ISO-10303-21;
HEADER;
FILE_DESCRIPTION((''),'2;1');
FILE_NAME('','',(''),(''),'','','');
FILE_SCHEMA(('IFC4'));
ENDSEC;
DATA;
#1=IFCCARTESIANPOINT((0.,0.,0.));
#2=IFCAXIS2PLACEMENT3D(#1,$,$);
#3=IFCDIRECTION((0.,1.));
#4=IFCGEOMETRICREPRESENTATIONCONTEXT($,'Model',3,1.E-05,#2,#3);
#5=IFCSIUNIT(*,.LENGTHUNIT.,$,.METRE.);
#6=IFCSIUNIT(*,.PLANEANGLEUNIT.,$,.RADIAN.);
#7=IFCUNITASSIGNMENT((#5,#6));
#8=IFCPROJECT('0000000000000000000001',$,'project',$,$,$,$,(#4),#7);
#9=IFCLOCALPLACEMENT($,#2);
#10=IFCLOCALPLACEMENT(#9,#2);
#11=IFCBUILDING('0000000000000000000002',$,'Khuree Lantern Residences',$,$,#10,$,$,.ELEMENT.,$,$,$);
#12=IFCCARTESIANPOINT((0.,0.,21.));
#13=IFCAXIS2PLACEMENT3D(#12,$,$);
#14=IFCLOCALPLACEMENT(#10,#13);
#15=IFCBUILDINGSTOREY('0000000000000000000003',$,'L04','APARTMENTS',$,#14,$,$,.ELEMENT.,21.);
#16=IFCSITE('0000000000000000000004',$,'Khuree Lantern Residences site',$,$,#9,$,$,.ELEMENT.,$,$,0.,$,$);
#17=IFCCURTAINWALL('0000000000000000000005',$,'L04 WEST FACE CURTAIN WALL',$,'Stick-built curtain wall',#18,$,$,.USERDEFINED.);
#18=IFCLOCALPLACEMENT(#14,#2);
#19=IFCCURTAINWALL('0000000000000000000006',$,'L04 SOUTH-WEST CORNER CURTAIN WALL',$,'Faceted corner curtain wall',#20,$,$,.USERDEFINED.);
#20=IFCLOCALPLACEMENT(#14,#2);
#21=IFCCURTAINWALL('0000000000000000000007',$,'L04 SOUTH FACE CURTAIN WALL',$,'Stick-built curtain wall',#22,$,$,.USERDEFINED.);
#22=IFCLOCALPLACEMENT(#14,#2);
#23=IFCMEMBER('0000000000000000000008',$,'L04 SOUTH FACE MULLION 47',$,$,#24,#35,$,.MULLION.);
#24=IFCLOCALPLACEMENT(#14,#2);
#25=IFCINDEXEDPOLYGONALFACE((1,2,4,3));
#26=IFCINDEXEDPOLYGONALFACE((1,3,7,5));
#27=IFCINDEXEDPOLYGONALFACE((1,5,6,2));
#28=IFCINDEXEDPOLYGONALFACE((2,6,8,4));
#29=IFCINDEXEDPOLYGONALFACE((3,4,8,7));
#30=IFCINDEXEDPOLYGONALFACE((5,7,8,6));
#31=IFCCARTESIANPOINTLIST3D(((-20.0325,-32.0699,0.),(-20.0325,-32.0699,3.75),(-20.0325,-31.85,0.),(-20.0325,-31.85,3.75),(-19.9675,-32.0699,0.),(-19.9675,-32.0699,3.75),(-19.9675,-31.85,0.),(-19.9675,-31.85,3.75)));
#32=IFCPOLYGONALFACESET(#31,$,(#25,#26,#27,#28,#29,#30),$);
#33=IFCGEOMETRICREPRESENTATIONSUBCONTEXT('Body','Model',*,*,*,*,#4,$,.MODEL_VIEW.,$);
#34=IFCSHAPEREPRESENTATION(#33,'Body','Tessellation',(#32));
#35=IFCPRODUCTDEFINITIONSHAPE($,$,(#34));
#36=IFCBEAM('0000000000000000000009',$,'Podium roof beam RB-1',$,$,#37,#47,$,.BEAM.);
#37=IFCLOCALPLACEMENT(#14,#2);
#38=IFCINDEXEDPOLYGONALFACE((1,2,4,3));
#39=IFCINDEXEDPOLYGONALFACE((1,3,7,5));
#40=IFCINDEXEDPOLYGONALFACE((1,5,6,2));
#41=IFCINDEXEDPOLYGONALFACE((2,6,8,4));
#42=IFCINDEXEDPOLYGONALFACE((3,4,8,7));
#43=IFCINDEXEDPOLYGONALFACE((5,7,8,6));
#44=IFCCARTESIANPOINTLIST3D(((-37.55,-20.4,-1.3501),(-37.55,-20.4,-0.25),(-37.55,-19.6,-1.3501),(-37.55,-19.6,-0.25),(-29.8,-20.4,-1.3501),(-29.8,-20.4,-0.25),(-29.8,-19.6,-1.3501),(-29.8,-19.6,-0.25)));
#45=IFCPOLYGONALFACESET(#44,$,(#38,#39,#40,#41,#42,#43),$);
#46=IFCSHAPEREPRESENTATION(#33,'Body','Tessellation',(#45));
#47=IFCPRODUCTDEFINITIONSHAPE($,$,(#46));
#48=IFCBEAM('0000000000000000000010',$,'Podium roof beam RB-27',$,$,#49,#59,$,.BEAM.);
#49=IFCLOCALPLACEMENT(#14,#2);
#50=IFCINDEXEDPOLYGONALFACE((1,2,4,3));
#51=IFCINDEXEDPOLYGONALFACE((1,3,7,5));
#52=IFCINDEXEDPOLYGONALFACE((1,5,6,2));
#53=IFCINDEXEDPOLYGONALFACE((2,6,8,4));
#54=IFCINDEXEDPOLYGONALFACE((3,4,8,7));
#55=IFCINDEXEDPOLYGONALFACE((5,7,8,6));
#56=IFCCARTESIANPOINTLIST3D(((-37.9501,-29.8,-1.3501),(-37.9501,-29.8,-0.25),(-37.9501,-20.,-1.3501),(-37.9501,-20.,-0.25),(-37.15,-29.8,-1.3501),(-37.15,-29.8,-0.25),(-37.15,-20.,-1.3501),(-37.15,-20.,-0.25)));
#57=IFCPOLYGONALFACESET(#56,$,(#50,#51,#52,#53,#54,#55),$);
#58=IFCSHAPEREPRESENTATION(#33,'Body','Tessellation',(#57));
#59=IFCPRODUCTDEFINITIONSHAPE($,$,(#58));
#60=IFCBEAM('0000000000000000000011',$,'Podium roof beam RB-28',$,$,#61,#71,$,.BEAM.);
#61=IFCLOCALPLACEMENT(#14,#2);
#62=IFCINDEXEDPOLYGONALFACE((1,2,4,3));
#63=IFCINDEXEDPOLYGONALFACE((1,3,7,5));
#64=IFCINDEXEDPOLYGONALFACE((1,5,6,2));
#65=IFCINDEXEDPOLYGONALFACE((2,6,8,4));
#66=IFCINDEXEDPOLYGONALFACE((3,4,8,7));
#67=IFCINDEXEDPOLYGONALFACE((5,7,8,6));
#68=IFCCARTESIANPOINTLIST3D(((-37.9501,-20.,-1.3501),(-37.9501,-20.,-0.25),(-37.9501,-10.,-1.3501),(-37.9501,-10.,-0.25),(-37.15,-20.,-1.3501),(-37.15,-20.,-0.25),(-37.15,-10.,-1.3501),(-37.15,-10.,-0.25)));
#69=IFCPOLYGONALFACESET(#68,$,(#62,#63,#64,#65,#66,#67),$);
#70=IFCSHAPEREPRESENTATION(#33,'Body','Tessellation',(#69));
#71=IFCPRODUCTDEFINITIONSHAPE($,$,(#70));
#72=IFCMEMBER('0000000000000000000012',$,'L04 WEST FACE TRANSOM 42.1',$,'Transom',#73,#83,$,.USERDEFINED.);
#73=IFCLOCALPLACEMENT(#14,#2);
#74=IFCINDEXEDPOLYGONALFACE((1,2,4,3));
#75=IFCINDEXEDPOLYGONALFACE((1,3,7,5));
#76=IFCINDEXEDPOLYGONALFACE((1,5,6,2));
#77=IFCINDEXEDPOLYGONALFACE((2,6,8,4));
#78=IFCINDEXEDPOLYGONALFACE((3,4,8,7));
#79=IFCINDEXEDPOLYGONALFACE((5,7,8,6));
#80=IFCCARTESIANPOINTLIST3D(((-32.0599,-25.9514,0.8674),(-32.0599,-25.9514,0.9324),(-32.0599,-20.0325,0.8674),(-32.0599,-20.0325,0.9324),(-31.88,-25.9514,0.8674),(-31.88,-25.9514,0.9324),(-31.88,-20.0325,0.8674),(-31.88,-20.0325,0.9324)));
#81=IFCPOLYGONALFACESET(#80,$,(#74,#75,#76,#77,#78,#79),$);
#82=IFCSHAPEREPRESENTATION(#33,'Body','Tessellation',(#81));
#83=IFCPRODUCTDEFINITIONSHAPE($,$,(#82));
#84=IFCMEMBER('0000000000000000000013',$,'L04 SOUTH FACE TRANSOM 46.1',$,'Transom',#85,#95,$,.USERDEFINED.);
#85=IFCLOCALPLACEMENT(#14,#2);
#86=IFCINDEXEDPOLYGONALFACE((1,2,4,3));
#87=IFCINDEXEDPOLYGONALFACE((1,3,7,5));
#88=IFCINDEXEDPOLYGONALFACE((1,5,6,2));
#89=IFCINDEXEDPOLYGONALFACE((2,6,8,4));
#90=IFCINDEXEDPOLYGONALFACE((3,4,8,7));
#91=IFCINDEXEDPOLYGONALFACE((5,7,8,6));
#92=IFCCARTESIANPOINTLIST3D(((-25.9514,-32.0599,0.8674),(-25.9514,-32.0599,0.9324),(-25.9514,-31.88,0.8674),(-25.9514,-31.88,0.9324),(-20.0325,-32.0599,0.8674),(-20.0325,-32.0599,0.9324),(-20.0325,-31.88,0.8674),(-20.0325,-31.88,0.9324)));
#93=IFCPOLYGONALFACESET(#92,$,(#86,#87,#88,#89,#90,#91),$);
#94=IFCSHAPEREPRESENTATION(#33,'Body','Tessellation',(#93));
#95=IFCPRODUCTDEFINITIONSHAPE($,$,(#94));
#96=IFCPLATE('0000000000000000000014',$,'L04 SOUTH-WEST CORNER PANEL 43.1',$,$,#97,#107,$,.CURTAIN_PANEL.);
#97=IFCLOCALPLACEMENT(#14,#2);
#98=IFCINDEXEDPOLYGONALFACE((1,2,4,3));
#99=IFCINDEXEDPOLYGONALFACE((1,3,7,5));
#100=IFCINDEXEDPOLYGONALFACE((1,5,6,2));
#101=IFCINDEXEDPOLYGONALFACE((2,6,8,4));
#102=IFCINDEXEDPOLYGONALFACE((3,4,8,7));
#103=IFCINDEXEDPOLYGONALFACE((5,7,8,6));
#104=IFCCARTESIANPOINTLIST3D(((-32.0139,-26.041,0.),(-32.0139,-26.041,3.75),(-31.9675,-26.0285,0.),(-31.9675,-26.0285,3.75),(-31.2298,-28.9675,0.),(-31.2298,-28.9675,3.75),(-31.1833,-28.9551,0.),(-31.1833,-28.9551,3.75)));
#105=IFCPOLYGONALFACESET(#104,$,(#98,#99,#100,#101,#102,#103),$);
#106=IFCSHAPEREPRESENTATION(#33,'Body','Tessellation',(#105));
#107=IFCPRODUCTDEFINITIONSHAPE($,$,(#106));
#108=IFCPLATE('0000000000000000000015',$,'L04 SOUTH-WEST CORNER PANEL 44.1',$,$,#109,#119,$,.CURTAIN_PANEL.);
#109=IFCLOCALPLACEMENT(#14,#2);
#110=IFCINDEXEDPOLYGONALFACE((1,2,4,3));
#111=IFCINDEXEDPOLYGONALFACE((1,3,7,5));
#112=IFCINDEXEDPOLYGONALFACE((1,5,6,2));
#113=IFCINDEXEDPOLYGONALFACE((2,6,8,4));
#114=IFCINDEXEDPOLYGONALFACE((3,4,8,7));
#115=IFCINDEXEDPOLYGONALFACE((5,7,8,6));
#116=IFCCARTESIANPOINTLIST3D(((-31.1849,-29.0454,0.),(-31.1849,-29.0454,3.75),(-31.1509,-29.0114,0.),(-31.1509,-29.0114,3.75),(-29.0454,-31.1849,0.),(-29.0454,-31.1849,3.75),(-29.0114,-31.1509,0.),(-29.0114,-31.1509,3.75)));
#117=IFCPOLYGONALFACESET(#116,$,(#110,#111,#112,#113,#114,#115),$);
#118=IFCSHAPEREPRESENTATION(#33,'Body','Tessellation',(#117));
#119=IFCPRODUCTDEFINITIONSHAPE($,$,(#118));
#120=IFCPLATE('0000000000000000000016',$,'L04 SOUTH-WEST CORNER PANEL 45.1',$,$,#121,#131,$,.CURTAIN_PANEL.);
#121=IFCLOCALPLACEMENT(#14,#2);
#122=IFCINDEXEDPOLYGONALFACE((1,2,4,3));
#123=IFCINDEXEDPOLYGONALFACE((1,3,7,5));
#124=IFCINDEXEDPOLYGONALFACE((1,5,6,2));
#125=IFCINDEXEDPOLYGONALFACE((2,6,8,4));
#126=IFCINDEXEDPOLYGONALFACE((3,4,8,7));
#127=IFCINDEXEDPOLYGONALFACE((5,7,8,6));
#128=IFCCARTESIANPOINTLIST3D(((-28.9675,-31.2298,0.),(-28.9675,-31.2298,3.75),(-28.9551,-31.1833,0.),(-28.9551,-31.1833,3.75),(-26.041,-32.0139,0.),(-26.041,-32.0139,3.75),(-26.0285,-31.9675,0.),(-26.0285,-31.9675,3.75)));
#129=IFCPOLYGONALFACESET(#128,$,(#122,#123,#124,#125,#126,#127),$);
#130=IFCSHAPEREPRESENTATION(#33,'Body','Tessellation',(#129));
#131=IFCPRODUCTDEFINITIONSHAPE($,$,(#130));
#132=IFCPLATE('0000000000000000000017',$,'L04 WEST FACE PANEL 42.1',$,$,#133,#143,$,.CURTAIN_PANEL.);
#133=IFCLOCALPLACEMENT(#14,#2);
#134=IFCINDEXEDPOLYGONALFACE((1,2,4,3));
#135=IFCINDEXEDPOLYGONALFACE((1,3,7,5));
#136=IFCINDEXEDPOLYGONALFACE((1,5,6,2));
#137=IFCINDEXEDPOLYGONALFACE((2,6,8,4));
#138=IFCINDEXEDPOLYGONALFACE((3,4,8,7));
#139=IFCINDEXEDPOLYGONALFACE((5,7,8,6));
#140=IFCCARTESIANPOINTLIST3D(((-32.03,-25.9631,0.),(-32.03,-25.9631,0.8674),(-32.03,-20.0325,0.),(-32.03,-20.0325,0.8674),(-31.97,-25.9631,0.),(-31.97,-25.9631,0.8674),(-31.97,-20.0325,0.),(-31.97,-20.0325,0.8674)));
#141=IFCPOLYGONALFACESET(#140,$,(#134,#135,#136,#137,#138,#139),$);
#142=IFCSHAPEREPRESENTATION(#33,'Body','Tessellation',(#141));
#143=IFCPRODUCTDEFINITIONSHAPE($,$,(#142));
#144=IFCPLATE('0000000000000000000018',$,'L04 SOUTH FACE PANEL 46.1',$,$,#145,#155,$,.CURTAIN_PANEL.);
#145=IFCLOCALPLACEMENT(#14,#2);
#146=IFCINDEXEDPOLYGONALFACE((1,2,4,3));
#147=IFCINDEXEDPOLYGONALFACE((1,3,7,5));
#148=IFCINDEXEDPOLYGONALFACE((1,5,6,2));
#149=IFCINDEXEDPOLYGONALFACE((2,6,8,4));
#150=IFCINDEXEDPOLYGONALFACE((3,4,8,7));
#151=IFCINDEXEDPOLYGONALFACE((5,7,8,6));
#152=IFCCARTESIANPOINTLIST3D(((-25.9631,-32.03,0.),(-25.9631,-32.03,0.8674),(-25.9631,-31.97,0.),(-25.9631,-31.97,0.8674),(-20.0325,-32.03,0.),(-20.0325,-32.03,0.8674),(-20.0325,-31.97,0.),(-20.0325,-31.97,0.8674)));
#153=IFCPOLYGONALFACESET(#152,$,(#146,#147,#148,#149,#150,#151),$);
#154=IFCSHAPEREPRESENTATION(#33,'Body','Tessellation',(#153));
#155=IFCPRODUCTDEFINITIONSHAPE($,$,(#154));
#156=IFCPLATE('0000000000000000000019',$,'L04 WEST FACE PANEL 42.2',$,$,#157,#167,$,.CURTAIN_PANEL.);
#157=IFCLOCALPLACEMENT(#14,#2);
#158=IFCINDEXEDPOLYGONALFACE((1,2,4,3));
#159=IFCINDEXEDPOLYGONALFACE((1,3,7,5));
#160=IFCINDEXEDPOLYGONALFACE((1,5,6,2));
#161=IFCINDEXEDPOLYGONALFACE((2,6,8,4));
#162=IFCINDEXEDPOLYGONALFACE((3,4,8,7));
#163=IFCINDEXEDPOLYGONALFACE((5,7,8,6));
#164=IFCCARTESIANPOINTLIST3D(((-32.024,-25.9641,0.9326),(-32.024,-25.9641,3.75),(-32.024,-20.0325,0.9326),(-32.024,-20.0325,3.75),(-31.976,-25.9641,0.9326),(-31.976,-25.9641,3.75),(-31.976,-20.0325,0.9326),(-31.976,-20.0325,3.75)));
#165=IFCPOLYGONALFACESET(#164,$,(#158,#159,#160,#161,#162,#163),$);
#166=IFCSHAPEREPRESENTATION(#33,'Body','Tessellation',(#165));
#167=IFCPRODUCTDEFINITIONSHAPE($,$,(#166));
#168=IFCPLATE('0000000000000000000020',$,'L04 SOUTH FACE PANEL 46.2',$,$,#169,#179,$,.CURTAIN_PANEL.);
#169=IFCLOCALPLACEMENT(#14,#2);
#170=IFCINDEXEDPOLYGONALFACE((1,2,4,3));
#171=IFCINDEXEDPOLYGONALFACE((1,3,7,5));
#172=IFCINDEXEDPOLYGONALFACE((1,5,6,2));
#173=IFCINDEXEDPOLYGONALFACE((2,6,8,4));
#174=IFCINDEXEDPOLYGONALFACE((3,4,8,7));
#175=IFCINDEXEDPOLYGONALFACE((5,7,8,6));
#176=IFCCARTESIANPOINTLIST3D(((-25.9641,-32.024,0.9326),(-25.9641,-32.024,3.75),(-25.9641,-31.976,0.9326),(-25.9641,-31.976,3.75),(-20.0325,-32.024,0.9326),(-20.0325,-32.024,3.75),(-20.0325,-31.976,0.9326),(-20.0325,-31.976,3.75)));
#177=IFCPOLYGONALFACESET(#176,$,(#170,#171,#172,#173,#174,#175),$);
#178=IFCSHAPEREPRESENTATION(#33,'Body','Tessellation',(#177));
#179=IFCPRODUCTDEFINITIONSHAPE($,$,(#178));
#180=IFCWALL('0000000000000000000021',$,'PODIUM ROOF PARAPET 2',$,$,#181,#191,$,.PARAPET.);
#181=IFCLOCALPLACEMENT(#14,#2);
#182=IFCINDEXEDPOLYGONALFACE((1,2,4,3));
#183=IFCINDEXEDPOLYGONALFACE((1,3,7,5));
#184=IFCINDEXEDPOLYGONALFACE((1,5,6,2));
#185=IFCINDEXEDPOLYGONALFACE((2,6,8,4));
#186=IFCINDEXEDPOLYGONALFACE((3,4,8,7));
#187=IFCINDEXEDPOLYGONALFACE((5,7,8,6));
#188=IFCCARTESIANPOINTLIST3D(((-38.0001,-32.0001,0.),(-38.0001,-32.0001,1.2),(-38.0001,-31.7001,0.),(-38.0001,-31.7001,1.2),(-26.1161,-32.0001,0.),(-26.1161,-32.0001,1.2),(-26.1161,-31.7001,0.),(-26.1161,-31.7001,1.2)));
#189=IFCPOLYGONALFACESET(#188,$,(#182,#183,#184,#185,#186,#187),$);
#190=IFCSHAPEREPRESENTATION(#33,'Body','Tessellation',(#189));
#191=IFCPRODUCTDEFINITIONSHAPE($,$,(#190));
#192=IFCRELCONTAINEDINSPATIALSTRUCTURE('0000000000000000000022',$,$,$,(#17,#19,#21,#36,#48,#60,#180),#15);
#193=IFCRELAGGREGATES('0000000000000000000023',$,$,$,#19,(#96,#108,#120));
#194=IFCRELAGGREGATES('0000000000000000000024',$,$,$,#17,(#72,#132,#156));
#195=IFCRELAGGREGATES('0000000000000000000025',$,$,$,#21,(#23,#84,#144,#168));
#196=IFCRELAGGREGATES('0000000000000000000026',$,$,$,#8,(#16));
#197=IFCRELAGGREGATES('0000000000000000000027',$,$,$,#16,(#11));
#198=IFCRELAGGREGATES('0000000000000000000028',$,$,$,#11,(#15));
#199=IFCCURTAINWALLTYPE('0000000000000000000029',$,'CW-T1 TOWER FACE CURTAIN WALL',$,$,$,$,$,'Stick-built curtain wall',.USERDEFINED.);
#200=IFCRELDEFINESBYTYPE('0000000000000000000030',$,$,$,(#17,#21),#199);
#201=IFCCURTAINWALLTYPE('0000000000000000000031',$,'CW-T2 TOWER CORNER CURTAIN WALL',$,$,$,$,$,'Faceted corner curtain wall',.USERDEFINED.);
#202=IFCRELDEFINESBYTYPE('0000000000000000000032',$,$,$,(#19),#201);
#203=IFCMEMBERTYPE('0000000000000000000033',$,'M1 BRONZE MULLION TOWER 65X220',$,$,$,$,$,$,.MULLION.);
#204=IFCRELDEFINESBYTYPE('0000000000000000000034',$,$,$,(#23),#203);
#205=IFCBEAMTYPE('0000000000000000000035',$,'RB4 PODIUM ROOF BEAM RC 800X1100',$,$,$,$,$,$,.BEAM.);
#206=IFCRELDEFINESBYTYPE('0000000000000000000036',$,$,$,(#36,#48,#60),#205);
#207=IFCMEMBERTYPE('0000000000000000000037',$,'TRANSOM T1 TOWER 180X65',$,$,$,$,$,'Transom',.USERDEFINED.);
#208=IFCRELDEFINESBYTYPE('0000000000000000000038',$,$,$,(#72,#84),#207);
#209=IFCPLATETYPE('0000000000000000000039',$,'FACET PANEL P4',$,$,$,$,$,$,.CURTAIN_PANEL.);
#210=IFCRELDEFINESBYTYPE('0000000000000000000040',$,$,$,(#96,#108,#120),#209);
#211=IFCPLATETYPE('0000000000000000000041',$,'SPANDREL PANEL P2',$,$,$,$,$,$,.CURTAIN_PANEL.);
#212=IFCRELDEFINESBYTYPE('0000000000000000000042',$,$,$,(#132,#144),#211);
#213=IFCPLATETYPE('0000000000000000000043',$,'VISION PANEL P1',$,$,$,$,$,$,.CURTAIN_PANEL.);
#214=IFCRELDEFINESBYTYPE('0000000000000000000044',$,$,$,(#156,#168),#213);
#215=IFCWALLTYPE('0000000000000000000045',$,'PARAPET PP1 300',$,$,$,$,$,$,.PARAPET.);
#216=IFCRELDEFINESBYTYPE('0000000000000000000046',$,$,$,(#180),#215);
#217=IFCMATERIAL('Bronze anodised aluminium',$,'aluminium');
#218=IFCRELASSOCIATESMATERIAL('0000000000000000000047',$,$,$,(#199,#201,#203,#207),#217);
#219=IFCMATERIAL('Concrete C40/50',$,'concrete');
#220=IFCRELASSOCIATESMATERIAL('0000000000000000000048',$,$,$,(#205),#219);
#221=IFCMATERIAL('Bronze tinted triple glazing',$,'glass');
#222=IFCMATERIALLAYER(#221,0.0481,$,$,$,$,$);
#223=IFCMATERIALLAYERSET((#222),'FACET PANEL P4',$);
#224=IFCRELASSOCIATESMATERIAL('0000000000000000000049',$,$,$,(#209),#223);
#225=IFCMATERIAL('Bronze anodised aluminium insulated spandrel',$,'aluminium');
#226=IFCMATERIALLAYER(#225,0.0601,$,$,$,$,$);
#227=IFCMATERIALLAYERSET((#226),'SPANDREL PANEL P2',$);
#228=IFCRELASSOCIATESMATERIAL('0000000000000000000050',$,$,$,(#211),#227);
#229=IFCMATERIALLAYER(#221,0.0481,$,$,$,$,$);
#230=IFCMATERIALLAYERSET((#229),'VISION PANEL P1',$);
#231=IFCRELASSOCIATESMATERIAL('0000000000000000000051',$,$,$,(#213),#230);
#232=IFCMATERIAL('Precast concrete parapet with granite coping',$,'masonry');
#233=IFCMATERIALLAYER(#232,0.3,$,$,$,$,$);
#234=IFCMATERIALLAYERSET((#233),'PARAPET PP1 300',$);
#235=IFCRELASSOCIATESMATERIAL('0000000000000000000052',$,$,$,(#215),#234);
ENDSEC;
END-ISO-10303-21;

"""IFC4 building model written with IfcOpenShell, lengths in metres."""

from ifc_helpers import new_model, si_unit, direction, frame, frame_2d, origin, origin_2d, place, context, subcontext, project, spatial, rectangle, extrude, material, layer, layer_set, material_profile, profile_set, type_object, element, aggregate, save


model = new_model("IFC4")

# Units and contexts
model_context = context("Model", 3, precision=1e-05, world=origin(), true_north=direction((0.0, 1.0)))
body_context = subcontext(model_context, "Body", "Model", "MODEL_VIEW")
ifc_project = project(units=[si_unit("LENGTHUNIT", "METRE"), si_unit("PLANEANGLEUNIT", "RADIAN")], contexts=[model_context])

# Site, building, storey
site_placement = place(None, origin())
site = spatial("IfcSite", under=ifc_project, at=site_placement, Name="Khuree Lantern Residences site", CompositionType="ELEMENT", RefElevation=0.0)
building_placement = place(site_placement, origin())
building = spatial("IfcBuilding", under=site, at=building_placement, Name="Khuree Lantern Residences", CompositionType="ELEMENT")
storey_placement = place(building_placement, frame((0.0, 0.0, 21.0)))
storey = spatial("IfcBuildingStorey", under=building, at=storey_placement, Name="L04", Description="APARTMENTS", CompositionType="ELEMENT", Elevation=21.0)

# Curtain walls
ifc_material_1 = material(Name="Bronze anodised aluminium", Category="aluminium")
curtain_wall_type_1 = type_object("IfcCurtainWallType", Name="CW-T1 TOWER FACE CURTAIN WALL", ElementType="Stick-built curtain wall", PredefinedType="USERDEFINED", material=ifc_material_1)
curtain_wall_1_placement = place(storey_placement, origin())
curtain_wall_1 = element("IfcCurtainWall", 1, at=curtain_wall_1_placement, inside=storey, type_object=curtain_wall_type_1, Name="L04 WEST FACE CURTAIN WALL", ObjectType="Stick-built curtain wall", PredefinedType="USERDEFINED")
curtain_wall_type_2 = type_object("IfcCurtainWallType", Name="CW-T2 TOWER CORNER CURTAIN WALL", ElementType="Faceted corner curtain wall", PredefinedType="USERDEFINED", material=ifc_material_1)
curtain_wall_2_placement = place(storey_placement, origin())
curtain_wall_2 = element("IfcCurtainWall", 2, at=curtain_wall_2_placement, inside=storey, type_object=curtain_wall_type_2, Name="L04 SOUTH-WEST CORNER CURTAIN WALL", ObjectType="Faceted corner curtain wall", PredefinedType="USERDEFINED")

# Shared definitions
ifc_material_profile_1 = material_profile(ifc_material_1, rectangle(XDim=0.0649, YDim=0.22, at=origin_2d()), Name="M1 65X220")
ifc_profile_set_1 = profile_set([ifc_material_profile_1], Name="Bronze anodised aluminium")
member_type_1 = type_object("IfcMemberType", Name="M1 BRONZE MULLION TOWER 65X220", PredefinedType="MULLION", material=ifc_profile_set_1)

# Curtain wall, member
curtain_wall_3_placement = place(storey_placement, origin())
curtain_wall_3 = element("IfcCurtainWall", 3, at=curtain_wall_3_placement, inside=storey, type_object=curtain_wall_type_1, Name="L04 SOUTH FACE CURTAIN WALL", ObjectType="Stick-built curtain wall", PredefinedType="USERDEFINED")
member_1_placement = place(storey_placement, frame((-20.0, -31.96, 0.0), z_axis=(0.0, 0.0, 1.0), x_axis=(1.0, 0.0, 0.0)))
member_1 = element("IfcMember", 4, at=member_1_placement, type_object=member_type_1, Name="L04 SOUTH FACE MULLION 47", PredefinedType="MULLION", context=body_context, shape_type="SweptSolid", body=[
    extrude(rectangle(XDim=0.0649, YDim=0.22, at=origin_2d()), origin(), (0.0, 0.0, 1.0), 3.75),
])

# Beams
ifc_material_2 = material(Name="Concrete C40/50", Category="concrete")
ifc_material_profile_2 = material_profile(ifc_material_2, rectangle(XDim=0.8, YDim=1.1001, at=origin_2d()), Name="RC 800X1100")
ifc_profile_set_2 = profile_set([ifc_material_profile_2], Name="Concrete C40/50")
beam_type_1 = type_object("IfcBeamType", Name="RB4 PODIUM ROOF BEAM RC 800X1100", PredefinedType="BEAM", material=ifc_profile_set_2)
beam_1_placement = place(storey_placement, frame((-37.55, -20.0, -0.8), z_axis=(1.0, 0.0, 0.0), x_axis=(0.0, 1.0, 0.0)))
element("IfcBeam", 5, at=beam_1_placement, inside=storey, type_object=beam_type_1, Name="Podium roof beam RB-1", PredefinedType="BEAM", context=body_context, shape_type="SweptSolid", body=[
    extrude(rectangle(XDim=0.8, YDim=1.1001, at=origin_2d()), origin(), (0.0, 0.0, 1.0), 7.75),
])
beam_2_placement = place(storey_placement, frame((-37.55, -29.8, -0.8), z_axis=(0.0, 1.0, 0.0), x_axis=(-1.0, 0.0, 0.0)))
element("IfcBeam", 6, at=beam_2_placement, inside=storey, type_object=beam_type_1, Name="Podium roof beam RB-27", PredefinedType="BEAM", context=body_context, shape_type="SweptSolid", body=[
    extrude(rectangle(XDim=0.8, YDim=1.1001, at=origin_2d()), origin(), (0.0, 0.0, 1.0), 9.8),
])
beam_3_placement = place(storey_placement, frame((-37.55, -20.0, -0.8), z_axis=(0.0, 1.0, 0.0), x_axis=(-1.0, 0.0, 0.0)))
element("IfcBeam", 7, at=beam_3_placement, inside=storey, type_object=beam_type_1, Name="Podium roof beam RB-28", PredefinedType="BEAM", context=body_context, shape_type="SweptSolid", body=[
    extrude(rectangle(XDim=0.8, YDim=1.1001, at=origin_2d()), origin(), (0.0, 0.0, 1.0), 10.0),
])

# Members
ifc_material_profile_3 = material_profile(ifc_material_1, rectangle(XDim=0.1799, YDim=0.0649, at=origin_2d()), Name="T1 180X65")
ifc_profile_set_3 = profile_set([ifc_material_profile_3], Name="Bronze anodised aluminium")
member_type_2 = type_object("IfcMemberType", Name="TRANSOM T1 TOWER 180X65", ElementType="Transom", PredefinedType="USERDEFINED", material=ifc_profile_set_3)
member_2_placement = place(storey_placement, frame((-31.97, -20.0325, 0.8999), z_axis=(0.0, -1.0, 0.0), x_axis=(1.0, 0.0, 0.0)))
member_2 = element("IfcMember", 8, at=member_2_placement, type_object=member_type_2, Name="L04 WEST FACE TRANSOM 42.1", ObjectType="Transom", PredefinedType="USERDEFINED", context=body_context, shape_type="SweptSolid", body=[
    extrude(rectangle(XDim=0.1799, YDim=0.0649, at=origin_2d()), origin(), (0.0, 0.0, 1.0), 5.9189),
])
member_3_placement = place(storey_placement, frame((-25.9514, -31.97, 0.8999), z_axis=(1.0, 0.0, 0.0), x_axis=(0.0, 1.0, 0.0)))
member_3 = element("IfcMember", 9, at=member_3_placement, type_object=member_type_2, Name="L04 SOUTH FACE TRANSOM 46.1", ObjectType="Transom", PredefinedType="USERDEFINED", context=body_context, shape_type="SweptSolid", body=[
    extrude(rectangle(XDim=0.1799, YDim=0.0649, at=origin_2d()), origin(), (0.0, 0.0, 1.0), 5.9189),
])

# Plates
ifc_material_3 = material(Name="Bronze tinted triple glazing", Category="glass")
ifc_layer_1 = layer(ifc_material_3, 0.0481)
ifc_layer_set_1 = layer_set([ifc_layer_1], Name="FACET PANEL P4")
plate_type_1 = type_object("IfcPlateType", Name="FACET PANEL P4", PredefinedType="CURTAIN_PANEL", material=ifc_layer_set_1)
plate_1_placement = place(storey_placement, frame((-31.5986, -27.498, 0.0), z_axis=(0.0, 0.0, 1.0), x_axis=(0.258819, -0.965926, 0.0)))
plate_1 = element("IfcPlate", 10, at=plate_1_placement, type_object=plate_type_1, Name="L04 SOUTH-WEST CORNER PANEL 43.1", PredefinedType="CURTAIN_PANEL", context=body_context, shape_type="SweptSolid", body=[
    extrude(rectangle(XDim=3.0298, YDim=0.0481, at=origin_2d()), origin(), (0.0, 0.0, 1.0), 3.75),
])
plate_2_placement = place(storey_placement, frame((-30.0981, -30.0981, 0.0), z_axis=(0.0, 0.0, 1.0), x_axis=(0.707107, -0.707107, 0.0)))
plate_2 = element("IfcPlate", 11, at=plate_2_placement, type_object=plate_type_1, Name="L04 SOUTH-WEST CORNER PANEL 44.1", PredefinedType="CURTAIN_PANEL", context=body_context, shape_type="SweptSolid", body=[
    extrude(rectangle(XDim=3.0256, YDim=0.0481, at=origin_2d()), origin(), (0.0, 0.0, 1.0), 3.75),
])
plate_3_placement = place(storey_placement, frame((-27.498, -31.5986, 0.0), z_axis=(0.0, 0.0, 1.0), x_axis=(0.965926, -0.258819, 0.0)))
plate_3 = element("IfcPlate", 12, at=plate_3_placement, type_object=plate_type_1, Name="L04 SOUTH-WEST CORNER PANEL 45.1", PredefinedType="CURTAIN_PANEL", context=body_context, shape_type="SweptSolid", body=[
    extrude(rectangle(XDim=3.0298, YDim=0.0481, at=origin_2d()), origin(), (0.0, 0.0, 1.0), 3.75),
])
aggregate(curtain_wall_2, [plate_1, plate_2, plate_3])
ifc_material_4 = material(Name="Bronze anodised aluminium insulated spandrel", Category="aluminium")
ifc_layer_2 = layer(ifc_material_4, 0.0601)
ifc_layer_set_2 = layer_set([ifc_layer_2], Name="SPANDREL PANEL P2")
plate_type_2 = type_object("IfcPlateType", Name="SPANDREL PANEL P2", PredefinedType="CURTAIN_PANEL", material=ifc_layer_set_2)
plate_4_placement = place(storey_placement, frame((-32.0, -22.9978, 0.0), z_axis=(0.0, 0.0, 1.0), x_axis=(0.0, -1.0, 0.0)))
plate_4 = element("IfcPlate", 13, at=plate_4_placement, type_object=plate_type_2, Name="L04 WEST FACE PANEL 42.1", PredefinedType="CURTAIN_PANEL", context=body_context, shape_type="SweptSolid", body=[
    extrude(rectangle(XDim=5.9307, YDim=0.0601, at=origin_2d()), origin(), (0.0, 0.0, 1.0), 0.8674),
])
plate_5_placement = place(storey_placement, frame((-22.9978, -32.0, 0.0), z_axis=(0.0, 0.0, 1.0), x_axis=(1.0, 0.0, 0.0)))
plate_5 = element("IfcPlate", 14, at=plate_5_placement, type_object=plate_type_2, Name="L04 SOUTH FACE PANEL 46.1", PredefinedType="CURTAIN_PANEL", context=body_context, shape_type="SweptSolid", body=[
    extrude(rectangle(XDim=5.9307, YDim=0.0601, at=origin_2d()), origin(), (0.0, 0.0, 1.0), 0.8674),
])
ifc_layer_3 = layer(ifc_material_3, 0.0481)
ifc_layer_set_3 = layer_set([ifc_layer_3], Name="VISION PANEL P1")
plate_type_3 = type_object("IfcPlateType", Name="VISION PANEL P1", PredefinedType="CURTAIN_PANEL", material=ifc_layer_set_3)
plate_6_placement = place(storey_placement, frame((-32.0, -22.9983, 0.9326), z_axis=(0.0, 0.0, 1.0), x_axis=(0.0, -1.0, 0.0)))
plate_6 = element("IfcPlate", 15, at=plate_6_placement, type_object=plate_type_3, Name="L04 WEST FACE PANEL 42.2", PredefinedType="CURTAIN_PANEL", context=body_context, shape_type="SweptSolid", body=[
    extrude(rectangle(XDim=5.9316, YDim=0.0481, at=origin_2d()), origin(), (0.0, 0.0, 1.0), 2.8174),
])
aggregate(curtain_wall_1, [member_2, plate_4, plate_6])
plate_7_placement = place(storey_placement, frame((-22.9983, -32.0, 0.9326), z_axis=(0.0, 0.0, 1.0), x_axis=(1.0, 0.0, 0.0)))
plate_7 = element("IfcPlate", 16, at=plate_7_placement, type_object=plate_type_3, Name="L04 SOUTH FACE PANEL 46.2", PredefinedType="CURTAIN_PANEL", context=body_context, shape_type="SweptSolid", body=[
    extrude(rectangle(XDim=5.9316, YDim=0.0481, at=origin_2d()), origin(), (0.0, 0.0, 1.0), 2.8174),
])
aggregate(curtain_wall_3, [member_1, member_3, plate_5, plate_7])

# Wall
ifc_material_5 = material(Name="Precast concrete parapet with granite coping", Category="masonry")
ifc_layer_4 = layer(ifc_material_5, 0.3)
ifc_layer_set_4 = layer_set([ifc_layer_4], Name="PARAPET PP1 300")
wall_type = type_object("IfcWallType", Name="PARAPET PP1 300", PredefinedType="PARAPET", material=ifc_layer_set_4)
wall_placement = place(storey_placement, frame((-38.0, -31.8501, 0.0), z_axis=(0.0, 0.0, 1.0), x_axis=(1.0, 0.0, 0.0)))
element("IfcWall", 17, at=wall_placement, inside=storey, type_object=wall_type, Name="PODIUM ROOF PARAPET 2", PredefinedType="PARAPET", context=body_context, shape_type="SweptSolid", body=[
    extrude(rectangle(XDim=11.884, YDim=0.3, at=frame_2d((5.9419, 0.0))), origin(), (0.0, 0.0, 1.0), 1.2),
])

save(model, "model.ifc")
